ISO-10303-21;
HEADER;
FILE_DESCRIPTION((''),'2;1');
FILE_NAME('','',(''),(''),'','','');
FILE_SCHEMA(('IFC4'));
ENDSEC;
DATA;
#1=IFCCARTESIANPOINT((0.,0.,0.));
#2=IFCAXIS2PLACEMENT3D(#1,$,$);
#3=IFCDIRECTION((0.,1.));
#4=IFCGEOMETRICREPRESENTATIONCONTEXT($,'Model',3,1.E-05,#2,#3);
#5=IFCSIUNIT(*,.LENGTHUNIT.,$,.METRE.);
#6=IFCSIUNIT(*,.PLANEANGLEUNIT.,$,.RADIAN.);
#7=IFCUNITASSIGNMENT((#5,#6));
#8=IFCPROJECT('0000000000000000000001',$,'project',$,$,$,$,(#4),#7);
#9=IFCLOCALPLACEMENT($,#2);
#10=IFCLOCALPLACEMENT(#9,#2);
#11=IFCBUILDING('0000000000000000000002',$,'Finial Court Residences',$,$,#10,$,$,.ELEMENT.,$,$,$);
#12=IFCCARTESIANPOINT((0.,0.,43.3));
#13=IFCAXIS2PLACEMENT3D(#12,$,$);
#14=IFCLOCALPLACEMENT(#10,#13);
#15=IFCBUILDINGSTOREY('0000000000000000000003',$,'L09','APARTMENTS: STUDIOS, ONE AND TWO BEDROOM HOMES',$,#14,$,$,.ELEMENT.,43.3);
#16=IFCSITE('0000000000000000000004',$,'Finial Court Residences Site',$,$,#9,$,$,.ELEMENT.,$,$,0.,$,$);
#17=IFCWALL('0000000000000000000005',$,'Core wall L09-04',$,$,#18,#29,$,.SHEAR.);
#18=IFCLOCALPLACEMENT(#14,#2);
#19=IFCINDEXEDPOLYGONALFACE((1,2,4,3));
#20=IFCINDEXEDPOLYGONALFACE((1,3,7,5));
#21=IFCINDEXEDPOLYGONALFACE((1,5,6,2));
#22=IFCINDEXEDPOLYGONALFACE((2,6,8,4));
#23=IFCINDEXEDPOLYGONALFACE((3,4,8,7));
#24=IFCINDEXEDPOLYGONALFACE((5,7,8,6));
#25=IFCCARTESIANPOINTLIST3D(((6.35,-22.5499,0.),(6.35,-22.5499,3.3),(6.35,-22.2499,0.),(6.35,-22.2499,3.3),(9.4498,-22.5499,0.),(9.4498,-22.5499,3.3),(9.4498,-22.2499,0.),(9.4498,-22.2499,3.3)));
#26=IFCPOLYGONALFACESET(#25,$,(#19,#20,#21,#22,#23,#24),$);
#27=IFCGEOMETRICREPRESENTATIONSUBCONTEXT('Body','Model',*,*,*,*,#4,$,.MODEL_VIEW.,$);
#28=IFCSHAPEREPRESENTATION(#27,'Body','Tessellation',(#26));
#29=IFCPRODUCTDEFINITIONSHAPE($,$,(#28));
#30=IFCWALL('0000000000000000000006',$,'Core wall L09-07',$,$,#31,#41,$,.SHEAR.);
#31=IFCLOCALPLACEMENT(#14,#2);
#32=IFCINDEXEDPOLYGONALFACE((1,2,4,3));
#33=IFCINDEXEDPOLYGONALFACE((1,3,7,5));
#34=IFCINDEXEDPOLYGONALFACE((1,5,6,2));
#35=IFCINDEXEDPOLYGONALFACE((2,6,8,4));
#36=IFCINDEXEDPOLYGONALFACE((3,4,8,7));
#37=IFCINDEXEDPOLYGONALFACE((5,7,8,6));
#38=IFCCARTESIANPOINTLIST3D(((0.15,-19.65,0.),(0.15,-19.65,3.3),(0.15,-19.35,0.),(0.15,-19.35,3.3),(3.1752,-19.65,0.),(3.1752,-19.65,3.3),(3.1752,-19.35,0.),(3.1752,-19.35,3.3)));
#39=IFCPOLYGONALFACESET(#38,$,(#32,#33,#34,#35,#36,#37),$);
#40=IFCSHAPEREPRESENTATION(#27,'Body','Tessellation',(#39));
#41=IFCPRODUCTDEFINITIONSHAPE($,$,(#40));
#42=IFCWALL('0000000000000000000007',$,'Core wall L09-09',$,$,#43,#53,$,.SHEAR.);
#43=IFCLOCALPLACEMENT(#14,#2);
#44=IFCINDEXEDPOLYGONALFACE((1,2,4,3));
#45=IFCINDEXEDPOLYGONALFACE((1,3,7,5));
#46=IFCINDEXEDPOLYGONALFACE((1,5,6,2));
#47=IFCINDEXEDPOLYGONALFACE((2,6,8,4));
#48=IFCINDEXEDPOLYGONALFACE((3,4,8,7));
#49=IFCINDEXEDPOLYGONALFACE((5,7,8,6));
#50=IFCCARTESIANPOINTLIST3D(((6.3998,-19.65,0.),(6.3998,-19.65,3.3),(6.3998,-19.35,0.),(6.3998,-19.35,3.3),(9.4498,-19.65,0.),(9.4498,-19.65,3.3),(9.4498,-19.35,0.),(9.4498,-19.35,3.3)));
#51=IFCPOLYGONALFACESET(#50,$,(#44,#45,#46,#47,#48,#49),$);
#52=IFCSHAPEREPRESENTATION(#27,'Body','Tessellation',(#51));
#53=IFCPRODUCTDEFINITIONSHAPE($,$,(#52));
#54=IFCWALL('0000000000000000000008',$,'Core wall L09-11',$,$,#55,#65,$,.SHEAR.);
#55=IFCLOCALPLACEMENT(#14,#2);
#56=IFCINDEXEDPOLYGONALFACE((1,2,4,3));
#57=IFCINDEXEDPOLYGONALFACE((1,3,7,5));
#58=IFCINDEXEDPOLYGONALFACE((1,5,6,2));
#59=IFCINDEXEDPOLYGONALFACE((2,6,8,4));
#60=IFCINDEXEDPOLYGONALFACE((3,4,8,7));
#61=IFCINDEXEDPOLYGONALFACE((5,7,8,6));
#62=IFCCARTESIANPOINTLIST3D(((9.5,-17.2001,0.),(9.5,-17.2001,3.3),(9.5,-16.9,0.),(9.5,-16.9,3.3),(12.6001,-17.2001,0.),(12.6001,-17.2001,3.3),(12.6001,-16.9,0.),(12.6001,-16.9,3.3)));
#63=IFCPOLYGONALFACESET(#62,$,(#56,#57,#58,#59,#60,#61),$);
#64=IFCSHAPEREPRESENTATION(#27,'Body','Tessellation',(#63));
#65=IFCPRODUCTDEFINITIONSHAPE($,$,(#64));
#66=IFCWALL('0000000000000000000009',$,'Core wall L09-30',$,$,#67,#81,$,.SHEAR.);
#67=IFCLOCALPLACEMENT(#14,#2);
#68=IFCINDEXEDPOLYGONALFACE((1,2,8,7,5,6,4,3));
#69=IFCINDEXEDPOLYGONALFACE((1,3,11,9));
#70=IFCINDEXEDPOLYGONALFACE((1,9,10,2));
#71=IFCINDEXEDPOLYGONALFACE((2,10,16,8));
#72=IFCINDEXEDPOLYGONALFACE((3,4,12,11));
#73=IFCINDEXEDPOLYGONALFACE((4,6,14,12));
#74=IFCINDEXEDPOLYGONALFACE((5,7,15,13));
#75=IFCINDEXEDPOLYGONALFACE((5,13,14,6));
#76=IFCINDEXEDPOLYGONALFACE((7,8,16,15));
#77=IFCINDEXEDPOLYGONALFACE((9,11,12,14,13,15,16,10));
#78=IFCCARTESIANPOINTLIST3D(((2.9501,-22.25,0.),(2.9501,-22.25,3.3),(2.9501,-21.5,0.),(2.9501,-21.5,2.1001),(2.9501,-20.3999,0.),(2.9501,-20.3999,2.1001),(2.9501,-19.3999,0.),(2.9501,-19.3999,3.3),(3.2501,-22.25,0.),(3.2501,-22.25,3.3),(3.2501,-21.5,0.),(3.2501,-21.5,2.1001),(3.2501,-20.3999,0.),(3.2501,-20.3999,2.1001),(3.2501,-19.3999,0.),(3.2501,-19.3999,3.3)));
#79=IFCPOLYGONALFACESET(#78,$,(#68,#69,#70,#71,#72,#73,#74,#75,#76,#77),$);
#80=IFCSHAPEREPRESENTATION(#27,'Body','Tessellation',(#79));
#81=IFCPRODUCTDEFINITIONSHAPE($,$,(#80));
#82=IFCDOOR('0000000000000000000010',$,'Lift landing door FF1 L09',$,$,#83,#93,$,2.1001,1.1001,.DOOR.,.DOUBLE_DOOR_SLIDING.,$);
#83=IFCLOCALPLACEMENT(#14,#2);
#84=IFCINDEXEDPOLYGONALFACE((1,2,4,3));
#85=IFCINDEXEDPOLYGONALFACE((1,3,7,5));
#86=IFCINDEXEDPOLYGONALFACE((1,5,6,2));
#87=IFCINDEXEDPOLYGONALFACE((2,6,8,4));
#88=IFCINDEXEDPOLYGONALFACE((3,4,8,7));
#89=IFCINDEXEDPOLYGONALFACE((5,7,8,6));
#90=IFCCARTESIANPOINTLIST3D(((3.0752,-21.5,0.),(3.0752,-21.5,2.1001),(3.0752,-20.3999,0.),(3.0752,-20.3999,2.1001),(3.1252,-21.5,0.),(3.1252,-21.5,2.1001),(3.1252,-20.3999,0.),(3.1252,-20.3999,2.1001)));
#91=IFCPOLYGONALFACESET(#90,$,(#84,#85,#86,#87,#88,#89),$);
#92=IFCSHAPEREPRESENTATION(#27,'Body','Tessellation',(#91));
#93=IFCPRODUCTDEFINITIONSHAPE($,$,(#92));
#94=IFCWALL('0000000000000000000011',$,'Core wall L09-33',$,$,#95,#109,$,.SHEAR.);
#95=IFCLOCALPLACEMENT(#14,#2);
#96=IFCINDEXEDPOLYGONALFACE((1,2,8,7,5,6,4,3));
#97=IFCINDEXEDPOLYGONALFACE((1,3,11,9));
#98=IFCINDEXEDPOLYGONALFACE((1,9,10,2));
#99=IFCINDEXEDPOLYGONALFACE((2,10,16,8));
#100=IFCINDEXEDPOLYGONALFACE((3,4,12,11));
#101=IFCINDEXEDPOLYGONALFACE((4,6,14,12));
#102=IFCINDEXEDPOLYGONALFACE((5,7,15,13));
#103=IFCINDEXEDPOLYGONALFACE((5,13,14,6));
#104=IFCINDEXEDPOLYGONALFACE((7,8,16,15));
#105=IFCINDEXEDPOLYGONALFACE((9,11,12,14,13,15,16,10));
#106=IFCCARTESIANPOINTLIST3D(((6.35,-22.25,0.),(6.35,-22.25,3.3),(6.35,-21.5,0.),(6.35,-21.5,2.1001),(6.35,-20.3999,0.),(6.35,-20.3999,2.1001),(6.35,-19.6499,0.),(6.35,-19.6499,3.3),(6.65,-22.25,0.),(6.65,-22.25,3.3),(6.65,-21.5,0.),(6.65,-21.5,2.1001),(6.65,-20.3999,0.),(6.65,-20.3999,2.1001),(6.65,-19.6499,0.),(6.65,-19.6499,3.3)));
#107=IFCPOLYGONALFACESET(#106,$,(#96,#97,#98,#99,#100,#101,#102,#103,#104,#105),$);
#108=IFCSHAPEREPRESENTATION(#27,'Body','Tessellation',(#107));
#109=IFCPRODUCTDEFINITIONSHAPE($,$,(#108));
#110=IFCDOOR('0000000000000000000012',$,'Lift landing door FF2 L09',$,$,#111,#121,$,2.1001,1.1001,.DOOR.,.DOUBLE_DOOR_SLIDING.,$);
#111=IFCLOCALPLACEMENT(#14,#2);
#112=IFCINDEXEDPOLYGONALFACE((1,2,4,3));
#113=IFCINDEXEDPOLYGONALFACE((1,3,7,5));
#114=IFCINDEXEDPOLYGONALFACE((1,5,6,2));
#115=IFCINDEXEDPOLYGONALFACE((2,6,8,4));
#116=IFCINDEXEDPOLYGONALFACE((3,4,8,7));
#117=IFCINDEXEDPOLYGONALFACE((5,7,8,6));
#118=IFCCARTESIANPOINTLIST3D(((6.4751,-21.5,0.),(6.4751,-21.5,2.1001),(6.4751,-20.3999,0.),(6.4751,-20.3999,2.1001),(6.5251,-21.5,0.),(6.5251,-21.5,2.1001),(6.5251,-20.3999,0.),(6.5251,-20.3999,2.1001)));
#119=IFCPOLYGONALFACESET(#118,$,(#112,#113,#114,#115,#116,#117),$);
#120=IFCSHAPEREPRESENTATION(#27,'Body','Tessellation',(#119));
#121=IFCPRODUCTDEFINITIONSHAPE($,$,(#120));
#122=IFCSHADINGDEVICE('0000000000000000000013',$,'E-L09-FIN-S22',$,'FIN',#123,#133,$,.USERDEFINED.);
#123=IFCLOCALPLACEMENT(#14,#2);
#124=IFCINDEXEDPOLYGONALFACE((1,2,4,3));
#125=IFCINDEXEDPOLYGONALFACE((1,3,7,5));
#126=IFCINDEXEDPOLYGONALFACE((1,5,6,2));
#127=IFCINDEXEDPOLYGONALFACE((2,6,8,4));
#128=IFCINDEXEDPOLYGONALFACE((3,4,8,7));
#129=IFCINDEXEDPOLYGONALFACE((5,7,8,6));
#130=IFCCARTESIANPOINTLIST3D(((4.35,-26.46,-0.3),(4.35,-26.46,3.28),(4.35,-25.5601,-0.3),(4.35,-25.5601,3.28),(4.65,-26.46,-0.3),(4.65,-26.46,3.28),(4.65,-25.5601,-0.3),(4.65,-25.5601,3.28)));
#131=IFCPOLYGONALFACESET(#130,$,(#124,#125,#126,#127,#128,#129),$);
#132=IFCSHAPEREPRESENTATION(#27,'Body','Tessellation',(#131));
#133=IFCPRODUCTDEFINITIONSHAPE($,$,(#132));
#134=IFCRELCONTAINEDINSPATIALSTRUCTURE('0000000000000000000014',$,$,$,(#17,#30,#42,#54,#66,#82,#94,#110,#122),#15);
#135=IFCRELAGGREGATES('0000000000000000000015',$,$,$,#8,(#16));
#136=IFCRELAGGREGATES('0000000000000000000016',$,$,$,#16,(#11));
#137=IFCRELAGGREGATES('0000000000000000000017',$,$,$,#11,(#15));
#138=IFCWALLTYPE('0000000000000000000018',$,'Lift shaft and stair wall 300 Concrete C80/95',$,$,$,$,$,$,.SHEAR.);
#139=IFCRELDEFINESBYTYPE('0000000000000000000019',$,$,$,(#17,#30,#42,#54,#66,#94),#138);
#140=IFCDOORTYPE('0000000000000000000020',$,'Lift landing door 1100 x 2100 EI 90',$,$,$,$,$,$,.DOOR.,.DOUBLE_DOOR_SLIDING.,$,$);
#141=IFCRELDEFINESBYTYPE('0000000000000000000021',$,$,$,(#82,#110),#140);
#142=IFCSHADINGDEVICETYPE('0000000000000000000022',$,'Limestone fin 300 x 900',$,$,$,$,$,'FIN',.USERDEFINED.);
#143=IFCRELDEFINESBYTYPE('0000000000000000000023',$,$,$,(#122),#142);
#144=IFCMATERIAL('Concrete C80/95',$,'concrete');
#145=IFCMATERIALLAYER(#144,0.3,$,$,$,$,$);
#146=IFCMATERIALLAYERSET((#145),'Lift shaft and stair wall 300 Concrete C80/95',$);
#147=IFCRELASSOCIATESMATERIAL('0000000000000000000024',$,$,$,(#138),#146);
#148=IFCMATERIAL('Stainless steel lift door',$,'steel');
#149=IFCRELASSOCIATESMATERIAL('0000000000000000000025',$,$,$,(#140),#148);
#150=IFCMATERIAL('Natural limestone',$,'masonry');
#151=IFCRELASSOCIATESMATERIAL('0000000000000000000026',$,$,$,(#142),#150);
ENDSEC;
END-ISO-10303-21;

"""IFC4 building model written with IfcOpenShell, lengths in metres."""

from ifc_helpers import new_model, si_unit, direction, frame, frame_2d, origin, origin_2d, place, context, subcontext, project, spatial, rectangle, extrude, material, layer, layer_set, type_object, element, fill, save


model = new_model("IFC4")

# Units and contexts
model_context = context("Model", 3, precision=1e-05, world=origin(), true_north=direction((0.0, 1.0)))
body_context = subcontext(model_context, "Body", "Model", "MODEL_VIEW")
ifc_project = project(units=[si_unit("LENGTHUNIT", "METRE"), si_unit("PLANEANGLEUNIT", "RADIAN")], contexts=[model_context])

# Site, building, storey
site_placement = place(None, origin())
site = spatial("IfcSite", under=ifc_project, at=site_placement, Name="Finial Court Residences Site", CompositionType="ELEMENT", RefElevation=0.0)
building_placement = place(site_placement, origin())
building = spatial("IfcBuilding", under=site, at=building_placement, Name="Finial Court Residences", CompositionType="ELEMENT")
storey_placement = place(building_placement, frame((0.0, 0.0, 43.3)))
storey = spatial("IfcBuildingStorey", under=building, at=storey_placement, Name="L09", Description="APARTMENTS: STUDIOS, ONE AND TWO BEDROOM HOMES", CompositionType="ELEMENT", Elevation=43.3)

# Walls
ifc_material_1 = material(Name="Concrete C80/95", Category="concrete")
ifc_layer_1 = layer(ifc_material_1, 0.3)
ifc_layer_set_1 = layer_set([ifc_layer_1], Name="Lift shaft and stair wall 300 Concrete C80/95")
wall_type_1 = type_object("IfcWallType", Name="Lift shaft and stair wall 300 Concrete C80/95", PredefinedType="SHEAR", material=ifc_layer_set_1)
wall_1_placement = place(storey_placement, frame((6.3501, -22.3999, 0.0), z_axis=(0.0, 0.0, 1.0), x_axis=(1.0, 0.0, 0.0)))
element("IfcWall", 1, at=wall_1_placement, inside=storey, type_object=wall_type_1, Name="Core wall L09-04", PredefinedType="SHEAR", context=body_context, shape_type="SweptSolid", body=[
    extrude(rectangle(XDim=3.0999, YDim=0.3, at=frame_2d((1.5498, 0.0))), origin(), (0.0, 0.0, 1.0), 3.3),
])
wall_2_placement = place(storey_placement, frame((0.1499, -19.5, 0.0), z_axis=(0.0, 0.0, 1.0), x_axis=(1.0, 0.0, 0.0)))
element("IfcWall", 2, at=wall_2_placement, inside=storey, type_object=wall_type_1, Name="Core wall L09-07", PredefinedType="SHEAR", context=body_context, shape_type="SweptSolid", body=[
    extrude(rectangle(XDim=3.0251, YDim=0.3, at=frame_2d((1.5127, 0.0))), origin(), (0.0, 0.0, 1.0), 3.3),
])
wall_3_placement = place(storey_placement, frame((6.3999, -19.5, 0.0), z_axis=(0.0, 0.0, 1.0), x_axis=(1.0, 0.0, 0.0)))
element("IfcWall", 3, at=wall_3_placement, inside=storey, type_object=wall_type_1, Name="Core wall L09-09", PredefinedType="SHEAR", context=body_context, shape_type="SweptSolid", body=[
    extrude(rectangle(XDim=3.05, YDim=0.3, at=frame_2d((1.5249, 0.0))), origin(), (0.0, 0.0, 1.0), 3.3),
])
wall_4_placement = place(storey_placement, frame((9.5, -17.05, 0.0), z_axis=(0.0, 0.0, 1.0), x_axis=(1.0, 0.0, 0.0)))
element("IfcWall", 4, at=wall_4_placement, inside=storey, type_object=wall_type_1, Name="Core wall L09-11", PredefinedType="SHEAR", context=body_context, shape_type="SweptSolid", body=[
    extrude(rectangle(XDim=3.1001, YDim=0.3, at=frame_2d((1.55, 0.0))), origin(), (0.0, 0.0, 1.0), 3.3),
])

# Walls, openings, doors
wall_5_placement = place(storey_placement, frame((3.1001, -22.25, 0.0), z_axis=(0.0, 0.0, 1.0), x_axis=(0.0, 1.0, 0.0)))
wall_5 = element("IfcWall", 5, at=wall_5_placement, inside=storey, type_object=wall_type_1, Name="Core wall L09-30", PredefinedType="SHEAR", context=body_context, shape_type="SweptSolid", body=[
    extrude(rectangle(XDim=2.8501, YDim=0.3, at=frame_2d((1.425, 0.0))), origin(), (0.0, 0.0, 1.0), 3.3),
])
opening_1_placement = place(wall_5_placement, frame((0.75, 0.0, 0.0)))
opening_1 = element("IfcOpeningElement", 6, at=opening_1_placement, cuts=wall_5, PredefinedType="OPENING", context=body_context, shape_type="SweptSolid", body=[
    extrude(rectangle(XDim=1.1001, YDim=2.1001, at=frame_2d((0.55, 1.05))), frame((0.0, 0.1599, 0.0), z_axis=(0.0, -1.0, 0.0), x_axis=(1.0, 0.0, 0.0)), (0.0, 0.0, 1.0), 0.3201),
])
ifc_material_2 = material(Name="Stainless steel lift door", Category="steel")
door_type_1 = type_object("IfcDoorType", Name="Lift landing door 1100 x 2100 EI 90", OperationType="DOUBLE_DOOR_SLIDING", PredefinedType="DOOR", material=ifc_material_2)
door_1_placement = place(opening_1_placement, origin())
door_1 = element("IfcDoor", 7, at=door_1_placement, inside=storey, type_object=door_type_1, Name="Lift landing door FF1 L09", OperationType="DOUBLE_DOOR_SLIDING", OverallHeight=2.1001, OverallWidth=1.1001, PredefinedType="DOOR", context=body_context, shape_type="SweptSolid", body=[
    extrude(rectangle(XDim=1.1001, YDim=2.1001, at=frame_2d((0.55, 1.05))), frame((0.0, 0.0249, 0.0), z_axis=(0.0, -1.0, 0.0), x_axis=(1.0, 0.0, 0.0)), (0.0, 0.0, 1.0), 0.05),
])
fill(opening_1, door_1)
wall_6_placement = place(storey_placement, frame((6.5, -22.25, 0.0), z_axis=(0.0, 0.0, 1.0), x_axis=(0.0, 1.0, 0.0)))
wall_6 = element("IfcWall", 8, at=wall_6_placement, inside=storey, type_object=wall_type_1, Name="Core wall L09-33", PredefinedType="SHEAR", context=body_context, shape_type="SweptSolid", body=[
    extrude(rectangle(XDim=2.6001, YDim=0.3, at=frame_2d((1.3, 0.0))), origin(), (0.0, 0.0, 1.0), 3.3),
])
opening_2_placement = place(wall_6_placement, frame((0.75, 0.0, 0.0)))
opening_2 = element("IfcOpeningElement", 9, at=opening_2_placement, cuts=wall_6, PredefinedType="OPENING", context=body_context, shape_type="SweptSolid", body=[
    extrude(rectangle(XDim=1.1001, YDim=2.1001, at=frame_2d((0.55, 1.05))), frame((0.0, 0.1599, 0.0), z_axis=(0.0, -1.0, 0.0), x_axis=(1.0, 0.0, 0.0)), (0.0, 0.0, 1.0), 0.3201),
])
door_2_placement = place(opening_2_placement, origin())
door_2 = element("IfcDoor", 10, at=door_2_placement, inside=storey, type_object=door_type_1, Name="Lift landing door FF2 L09", OperationType="DOUBLE_DOOR_SLIDING", OverallHeight=2.1001, OverallWidth=1.1001, PredefinedType="DOOR", context=body_context, shape_type="SweptSolid", body=[
    extrude(rectangle(XDim=1.1001, YDim=2.1001, at=frame_2d((0.55, 1.05))), frame((0.0, 0.0249, 0.0), z_axis=(0.0, -1.0, 0.0), x_axis=(1.0, 0.0, 0.0)), (0.0, 0.0, 1.0), 0.05),
])
fill(opening_2, door_2)

# Shading device
ifc_material_3 = material(Name="Natural limestone", Category="masonry")
shading_device_type = type_object("IfcShadingDeviceType", Name="Limestone fin 300 x 900", ElementType="FIN", PredefinedType="USERDEFINED", material=ifc_material_3)
shading_device_placement = place(storey_placement, frame((4.5, -26.01, -0.3), z_axis=(0.0, 0.0, 1.0), x_axis=(1.0, 0.0, 0.0)))
element("IfcShadingDevice", 11, at=shading_device_placement, inside=storey, type_object=shading_device_type, Name="E-L09-FIN-S22", ObjectType="FIN", PredefinedType="USERDEFINED", context=body_context, shape_type="SweptSolid", body=[
    extrude(rectangle(XDim=0.3, YDim=0.8999, at=origin_2d()), origin(), (0.0, 0.0, 1.0), 3.5801),
])

save(model, "model.ifc")
